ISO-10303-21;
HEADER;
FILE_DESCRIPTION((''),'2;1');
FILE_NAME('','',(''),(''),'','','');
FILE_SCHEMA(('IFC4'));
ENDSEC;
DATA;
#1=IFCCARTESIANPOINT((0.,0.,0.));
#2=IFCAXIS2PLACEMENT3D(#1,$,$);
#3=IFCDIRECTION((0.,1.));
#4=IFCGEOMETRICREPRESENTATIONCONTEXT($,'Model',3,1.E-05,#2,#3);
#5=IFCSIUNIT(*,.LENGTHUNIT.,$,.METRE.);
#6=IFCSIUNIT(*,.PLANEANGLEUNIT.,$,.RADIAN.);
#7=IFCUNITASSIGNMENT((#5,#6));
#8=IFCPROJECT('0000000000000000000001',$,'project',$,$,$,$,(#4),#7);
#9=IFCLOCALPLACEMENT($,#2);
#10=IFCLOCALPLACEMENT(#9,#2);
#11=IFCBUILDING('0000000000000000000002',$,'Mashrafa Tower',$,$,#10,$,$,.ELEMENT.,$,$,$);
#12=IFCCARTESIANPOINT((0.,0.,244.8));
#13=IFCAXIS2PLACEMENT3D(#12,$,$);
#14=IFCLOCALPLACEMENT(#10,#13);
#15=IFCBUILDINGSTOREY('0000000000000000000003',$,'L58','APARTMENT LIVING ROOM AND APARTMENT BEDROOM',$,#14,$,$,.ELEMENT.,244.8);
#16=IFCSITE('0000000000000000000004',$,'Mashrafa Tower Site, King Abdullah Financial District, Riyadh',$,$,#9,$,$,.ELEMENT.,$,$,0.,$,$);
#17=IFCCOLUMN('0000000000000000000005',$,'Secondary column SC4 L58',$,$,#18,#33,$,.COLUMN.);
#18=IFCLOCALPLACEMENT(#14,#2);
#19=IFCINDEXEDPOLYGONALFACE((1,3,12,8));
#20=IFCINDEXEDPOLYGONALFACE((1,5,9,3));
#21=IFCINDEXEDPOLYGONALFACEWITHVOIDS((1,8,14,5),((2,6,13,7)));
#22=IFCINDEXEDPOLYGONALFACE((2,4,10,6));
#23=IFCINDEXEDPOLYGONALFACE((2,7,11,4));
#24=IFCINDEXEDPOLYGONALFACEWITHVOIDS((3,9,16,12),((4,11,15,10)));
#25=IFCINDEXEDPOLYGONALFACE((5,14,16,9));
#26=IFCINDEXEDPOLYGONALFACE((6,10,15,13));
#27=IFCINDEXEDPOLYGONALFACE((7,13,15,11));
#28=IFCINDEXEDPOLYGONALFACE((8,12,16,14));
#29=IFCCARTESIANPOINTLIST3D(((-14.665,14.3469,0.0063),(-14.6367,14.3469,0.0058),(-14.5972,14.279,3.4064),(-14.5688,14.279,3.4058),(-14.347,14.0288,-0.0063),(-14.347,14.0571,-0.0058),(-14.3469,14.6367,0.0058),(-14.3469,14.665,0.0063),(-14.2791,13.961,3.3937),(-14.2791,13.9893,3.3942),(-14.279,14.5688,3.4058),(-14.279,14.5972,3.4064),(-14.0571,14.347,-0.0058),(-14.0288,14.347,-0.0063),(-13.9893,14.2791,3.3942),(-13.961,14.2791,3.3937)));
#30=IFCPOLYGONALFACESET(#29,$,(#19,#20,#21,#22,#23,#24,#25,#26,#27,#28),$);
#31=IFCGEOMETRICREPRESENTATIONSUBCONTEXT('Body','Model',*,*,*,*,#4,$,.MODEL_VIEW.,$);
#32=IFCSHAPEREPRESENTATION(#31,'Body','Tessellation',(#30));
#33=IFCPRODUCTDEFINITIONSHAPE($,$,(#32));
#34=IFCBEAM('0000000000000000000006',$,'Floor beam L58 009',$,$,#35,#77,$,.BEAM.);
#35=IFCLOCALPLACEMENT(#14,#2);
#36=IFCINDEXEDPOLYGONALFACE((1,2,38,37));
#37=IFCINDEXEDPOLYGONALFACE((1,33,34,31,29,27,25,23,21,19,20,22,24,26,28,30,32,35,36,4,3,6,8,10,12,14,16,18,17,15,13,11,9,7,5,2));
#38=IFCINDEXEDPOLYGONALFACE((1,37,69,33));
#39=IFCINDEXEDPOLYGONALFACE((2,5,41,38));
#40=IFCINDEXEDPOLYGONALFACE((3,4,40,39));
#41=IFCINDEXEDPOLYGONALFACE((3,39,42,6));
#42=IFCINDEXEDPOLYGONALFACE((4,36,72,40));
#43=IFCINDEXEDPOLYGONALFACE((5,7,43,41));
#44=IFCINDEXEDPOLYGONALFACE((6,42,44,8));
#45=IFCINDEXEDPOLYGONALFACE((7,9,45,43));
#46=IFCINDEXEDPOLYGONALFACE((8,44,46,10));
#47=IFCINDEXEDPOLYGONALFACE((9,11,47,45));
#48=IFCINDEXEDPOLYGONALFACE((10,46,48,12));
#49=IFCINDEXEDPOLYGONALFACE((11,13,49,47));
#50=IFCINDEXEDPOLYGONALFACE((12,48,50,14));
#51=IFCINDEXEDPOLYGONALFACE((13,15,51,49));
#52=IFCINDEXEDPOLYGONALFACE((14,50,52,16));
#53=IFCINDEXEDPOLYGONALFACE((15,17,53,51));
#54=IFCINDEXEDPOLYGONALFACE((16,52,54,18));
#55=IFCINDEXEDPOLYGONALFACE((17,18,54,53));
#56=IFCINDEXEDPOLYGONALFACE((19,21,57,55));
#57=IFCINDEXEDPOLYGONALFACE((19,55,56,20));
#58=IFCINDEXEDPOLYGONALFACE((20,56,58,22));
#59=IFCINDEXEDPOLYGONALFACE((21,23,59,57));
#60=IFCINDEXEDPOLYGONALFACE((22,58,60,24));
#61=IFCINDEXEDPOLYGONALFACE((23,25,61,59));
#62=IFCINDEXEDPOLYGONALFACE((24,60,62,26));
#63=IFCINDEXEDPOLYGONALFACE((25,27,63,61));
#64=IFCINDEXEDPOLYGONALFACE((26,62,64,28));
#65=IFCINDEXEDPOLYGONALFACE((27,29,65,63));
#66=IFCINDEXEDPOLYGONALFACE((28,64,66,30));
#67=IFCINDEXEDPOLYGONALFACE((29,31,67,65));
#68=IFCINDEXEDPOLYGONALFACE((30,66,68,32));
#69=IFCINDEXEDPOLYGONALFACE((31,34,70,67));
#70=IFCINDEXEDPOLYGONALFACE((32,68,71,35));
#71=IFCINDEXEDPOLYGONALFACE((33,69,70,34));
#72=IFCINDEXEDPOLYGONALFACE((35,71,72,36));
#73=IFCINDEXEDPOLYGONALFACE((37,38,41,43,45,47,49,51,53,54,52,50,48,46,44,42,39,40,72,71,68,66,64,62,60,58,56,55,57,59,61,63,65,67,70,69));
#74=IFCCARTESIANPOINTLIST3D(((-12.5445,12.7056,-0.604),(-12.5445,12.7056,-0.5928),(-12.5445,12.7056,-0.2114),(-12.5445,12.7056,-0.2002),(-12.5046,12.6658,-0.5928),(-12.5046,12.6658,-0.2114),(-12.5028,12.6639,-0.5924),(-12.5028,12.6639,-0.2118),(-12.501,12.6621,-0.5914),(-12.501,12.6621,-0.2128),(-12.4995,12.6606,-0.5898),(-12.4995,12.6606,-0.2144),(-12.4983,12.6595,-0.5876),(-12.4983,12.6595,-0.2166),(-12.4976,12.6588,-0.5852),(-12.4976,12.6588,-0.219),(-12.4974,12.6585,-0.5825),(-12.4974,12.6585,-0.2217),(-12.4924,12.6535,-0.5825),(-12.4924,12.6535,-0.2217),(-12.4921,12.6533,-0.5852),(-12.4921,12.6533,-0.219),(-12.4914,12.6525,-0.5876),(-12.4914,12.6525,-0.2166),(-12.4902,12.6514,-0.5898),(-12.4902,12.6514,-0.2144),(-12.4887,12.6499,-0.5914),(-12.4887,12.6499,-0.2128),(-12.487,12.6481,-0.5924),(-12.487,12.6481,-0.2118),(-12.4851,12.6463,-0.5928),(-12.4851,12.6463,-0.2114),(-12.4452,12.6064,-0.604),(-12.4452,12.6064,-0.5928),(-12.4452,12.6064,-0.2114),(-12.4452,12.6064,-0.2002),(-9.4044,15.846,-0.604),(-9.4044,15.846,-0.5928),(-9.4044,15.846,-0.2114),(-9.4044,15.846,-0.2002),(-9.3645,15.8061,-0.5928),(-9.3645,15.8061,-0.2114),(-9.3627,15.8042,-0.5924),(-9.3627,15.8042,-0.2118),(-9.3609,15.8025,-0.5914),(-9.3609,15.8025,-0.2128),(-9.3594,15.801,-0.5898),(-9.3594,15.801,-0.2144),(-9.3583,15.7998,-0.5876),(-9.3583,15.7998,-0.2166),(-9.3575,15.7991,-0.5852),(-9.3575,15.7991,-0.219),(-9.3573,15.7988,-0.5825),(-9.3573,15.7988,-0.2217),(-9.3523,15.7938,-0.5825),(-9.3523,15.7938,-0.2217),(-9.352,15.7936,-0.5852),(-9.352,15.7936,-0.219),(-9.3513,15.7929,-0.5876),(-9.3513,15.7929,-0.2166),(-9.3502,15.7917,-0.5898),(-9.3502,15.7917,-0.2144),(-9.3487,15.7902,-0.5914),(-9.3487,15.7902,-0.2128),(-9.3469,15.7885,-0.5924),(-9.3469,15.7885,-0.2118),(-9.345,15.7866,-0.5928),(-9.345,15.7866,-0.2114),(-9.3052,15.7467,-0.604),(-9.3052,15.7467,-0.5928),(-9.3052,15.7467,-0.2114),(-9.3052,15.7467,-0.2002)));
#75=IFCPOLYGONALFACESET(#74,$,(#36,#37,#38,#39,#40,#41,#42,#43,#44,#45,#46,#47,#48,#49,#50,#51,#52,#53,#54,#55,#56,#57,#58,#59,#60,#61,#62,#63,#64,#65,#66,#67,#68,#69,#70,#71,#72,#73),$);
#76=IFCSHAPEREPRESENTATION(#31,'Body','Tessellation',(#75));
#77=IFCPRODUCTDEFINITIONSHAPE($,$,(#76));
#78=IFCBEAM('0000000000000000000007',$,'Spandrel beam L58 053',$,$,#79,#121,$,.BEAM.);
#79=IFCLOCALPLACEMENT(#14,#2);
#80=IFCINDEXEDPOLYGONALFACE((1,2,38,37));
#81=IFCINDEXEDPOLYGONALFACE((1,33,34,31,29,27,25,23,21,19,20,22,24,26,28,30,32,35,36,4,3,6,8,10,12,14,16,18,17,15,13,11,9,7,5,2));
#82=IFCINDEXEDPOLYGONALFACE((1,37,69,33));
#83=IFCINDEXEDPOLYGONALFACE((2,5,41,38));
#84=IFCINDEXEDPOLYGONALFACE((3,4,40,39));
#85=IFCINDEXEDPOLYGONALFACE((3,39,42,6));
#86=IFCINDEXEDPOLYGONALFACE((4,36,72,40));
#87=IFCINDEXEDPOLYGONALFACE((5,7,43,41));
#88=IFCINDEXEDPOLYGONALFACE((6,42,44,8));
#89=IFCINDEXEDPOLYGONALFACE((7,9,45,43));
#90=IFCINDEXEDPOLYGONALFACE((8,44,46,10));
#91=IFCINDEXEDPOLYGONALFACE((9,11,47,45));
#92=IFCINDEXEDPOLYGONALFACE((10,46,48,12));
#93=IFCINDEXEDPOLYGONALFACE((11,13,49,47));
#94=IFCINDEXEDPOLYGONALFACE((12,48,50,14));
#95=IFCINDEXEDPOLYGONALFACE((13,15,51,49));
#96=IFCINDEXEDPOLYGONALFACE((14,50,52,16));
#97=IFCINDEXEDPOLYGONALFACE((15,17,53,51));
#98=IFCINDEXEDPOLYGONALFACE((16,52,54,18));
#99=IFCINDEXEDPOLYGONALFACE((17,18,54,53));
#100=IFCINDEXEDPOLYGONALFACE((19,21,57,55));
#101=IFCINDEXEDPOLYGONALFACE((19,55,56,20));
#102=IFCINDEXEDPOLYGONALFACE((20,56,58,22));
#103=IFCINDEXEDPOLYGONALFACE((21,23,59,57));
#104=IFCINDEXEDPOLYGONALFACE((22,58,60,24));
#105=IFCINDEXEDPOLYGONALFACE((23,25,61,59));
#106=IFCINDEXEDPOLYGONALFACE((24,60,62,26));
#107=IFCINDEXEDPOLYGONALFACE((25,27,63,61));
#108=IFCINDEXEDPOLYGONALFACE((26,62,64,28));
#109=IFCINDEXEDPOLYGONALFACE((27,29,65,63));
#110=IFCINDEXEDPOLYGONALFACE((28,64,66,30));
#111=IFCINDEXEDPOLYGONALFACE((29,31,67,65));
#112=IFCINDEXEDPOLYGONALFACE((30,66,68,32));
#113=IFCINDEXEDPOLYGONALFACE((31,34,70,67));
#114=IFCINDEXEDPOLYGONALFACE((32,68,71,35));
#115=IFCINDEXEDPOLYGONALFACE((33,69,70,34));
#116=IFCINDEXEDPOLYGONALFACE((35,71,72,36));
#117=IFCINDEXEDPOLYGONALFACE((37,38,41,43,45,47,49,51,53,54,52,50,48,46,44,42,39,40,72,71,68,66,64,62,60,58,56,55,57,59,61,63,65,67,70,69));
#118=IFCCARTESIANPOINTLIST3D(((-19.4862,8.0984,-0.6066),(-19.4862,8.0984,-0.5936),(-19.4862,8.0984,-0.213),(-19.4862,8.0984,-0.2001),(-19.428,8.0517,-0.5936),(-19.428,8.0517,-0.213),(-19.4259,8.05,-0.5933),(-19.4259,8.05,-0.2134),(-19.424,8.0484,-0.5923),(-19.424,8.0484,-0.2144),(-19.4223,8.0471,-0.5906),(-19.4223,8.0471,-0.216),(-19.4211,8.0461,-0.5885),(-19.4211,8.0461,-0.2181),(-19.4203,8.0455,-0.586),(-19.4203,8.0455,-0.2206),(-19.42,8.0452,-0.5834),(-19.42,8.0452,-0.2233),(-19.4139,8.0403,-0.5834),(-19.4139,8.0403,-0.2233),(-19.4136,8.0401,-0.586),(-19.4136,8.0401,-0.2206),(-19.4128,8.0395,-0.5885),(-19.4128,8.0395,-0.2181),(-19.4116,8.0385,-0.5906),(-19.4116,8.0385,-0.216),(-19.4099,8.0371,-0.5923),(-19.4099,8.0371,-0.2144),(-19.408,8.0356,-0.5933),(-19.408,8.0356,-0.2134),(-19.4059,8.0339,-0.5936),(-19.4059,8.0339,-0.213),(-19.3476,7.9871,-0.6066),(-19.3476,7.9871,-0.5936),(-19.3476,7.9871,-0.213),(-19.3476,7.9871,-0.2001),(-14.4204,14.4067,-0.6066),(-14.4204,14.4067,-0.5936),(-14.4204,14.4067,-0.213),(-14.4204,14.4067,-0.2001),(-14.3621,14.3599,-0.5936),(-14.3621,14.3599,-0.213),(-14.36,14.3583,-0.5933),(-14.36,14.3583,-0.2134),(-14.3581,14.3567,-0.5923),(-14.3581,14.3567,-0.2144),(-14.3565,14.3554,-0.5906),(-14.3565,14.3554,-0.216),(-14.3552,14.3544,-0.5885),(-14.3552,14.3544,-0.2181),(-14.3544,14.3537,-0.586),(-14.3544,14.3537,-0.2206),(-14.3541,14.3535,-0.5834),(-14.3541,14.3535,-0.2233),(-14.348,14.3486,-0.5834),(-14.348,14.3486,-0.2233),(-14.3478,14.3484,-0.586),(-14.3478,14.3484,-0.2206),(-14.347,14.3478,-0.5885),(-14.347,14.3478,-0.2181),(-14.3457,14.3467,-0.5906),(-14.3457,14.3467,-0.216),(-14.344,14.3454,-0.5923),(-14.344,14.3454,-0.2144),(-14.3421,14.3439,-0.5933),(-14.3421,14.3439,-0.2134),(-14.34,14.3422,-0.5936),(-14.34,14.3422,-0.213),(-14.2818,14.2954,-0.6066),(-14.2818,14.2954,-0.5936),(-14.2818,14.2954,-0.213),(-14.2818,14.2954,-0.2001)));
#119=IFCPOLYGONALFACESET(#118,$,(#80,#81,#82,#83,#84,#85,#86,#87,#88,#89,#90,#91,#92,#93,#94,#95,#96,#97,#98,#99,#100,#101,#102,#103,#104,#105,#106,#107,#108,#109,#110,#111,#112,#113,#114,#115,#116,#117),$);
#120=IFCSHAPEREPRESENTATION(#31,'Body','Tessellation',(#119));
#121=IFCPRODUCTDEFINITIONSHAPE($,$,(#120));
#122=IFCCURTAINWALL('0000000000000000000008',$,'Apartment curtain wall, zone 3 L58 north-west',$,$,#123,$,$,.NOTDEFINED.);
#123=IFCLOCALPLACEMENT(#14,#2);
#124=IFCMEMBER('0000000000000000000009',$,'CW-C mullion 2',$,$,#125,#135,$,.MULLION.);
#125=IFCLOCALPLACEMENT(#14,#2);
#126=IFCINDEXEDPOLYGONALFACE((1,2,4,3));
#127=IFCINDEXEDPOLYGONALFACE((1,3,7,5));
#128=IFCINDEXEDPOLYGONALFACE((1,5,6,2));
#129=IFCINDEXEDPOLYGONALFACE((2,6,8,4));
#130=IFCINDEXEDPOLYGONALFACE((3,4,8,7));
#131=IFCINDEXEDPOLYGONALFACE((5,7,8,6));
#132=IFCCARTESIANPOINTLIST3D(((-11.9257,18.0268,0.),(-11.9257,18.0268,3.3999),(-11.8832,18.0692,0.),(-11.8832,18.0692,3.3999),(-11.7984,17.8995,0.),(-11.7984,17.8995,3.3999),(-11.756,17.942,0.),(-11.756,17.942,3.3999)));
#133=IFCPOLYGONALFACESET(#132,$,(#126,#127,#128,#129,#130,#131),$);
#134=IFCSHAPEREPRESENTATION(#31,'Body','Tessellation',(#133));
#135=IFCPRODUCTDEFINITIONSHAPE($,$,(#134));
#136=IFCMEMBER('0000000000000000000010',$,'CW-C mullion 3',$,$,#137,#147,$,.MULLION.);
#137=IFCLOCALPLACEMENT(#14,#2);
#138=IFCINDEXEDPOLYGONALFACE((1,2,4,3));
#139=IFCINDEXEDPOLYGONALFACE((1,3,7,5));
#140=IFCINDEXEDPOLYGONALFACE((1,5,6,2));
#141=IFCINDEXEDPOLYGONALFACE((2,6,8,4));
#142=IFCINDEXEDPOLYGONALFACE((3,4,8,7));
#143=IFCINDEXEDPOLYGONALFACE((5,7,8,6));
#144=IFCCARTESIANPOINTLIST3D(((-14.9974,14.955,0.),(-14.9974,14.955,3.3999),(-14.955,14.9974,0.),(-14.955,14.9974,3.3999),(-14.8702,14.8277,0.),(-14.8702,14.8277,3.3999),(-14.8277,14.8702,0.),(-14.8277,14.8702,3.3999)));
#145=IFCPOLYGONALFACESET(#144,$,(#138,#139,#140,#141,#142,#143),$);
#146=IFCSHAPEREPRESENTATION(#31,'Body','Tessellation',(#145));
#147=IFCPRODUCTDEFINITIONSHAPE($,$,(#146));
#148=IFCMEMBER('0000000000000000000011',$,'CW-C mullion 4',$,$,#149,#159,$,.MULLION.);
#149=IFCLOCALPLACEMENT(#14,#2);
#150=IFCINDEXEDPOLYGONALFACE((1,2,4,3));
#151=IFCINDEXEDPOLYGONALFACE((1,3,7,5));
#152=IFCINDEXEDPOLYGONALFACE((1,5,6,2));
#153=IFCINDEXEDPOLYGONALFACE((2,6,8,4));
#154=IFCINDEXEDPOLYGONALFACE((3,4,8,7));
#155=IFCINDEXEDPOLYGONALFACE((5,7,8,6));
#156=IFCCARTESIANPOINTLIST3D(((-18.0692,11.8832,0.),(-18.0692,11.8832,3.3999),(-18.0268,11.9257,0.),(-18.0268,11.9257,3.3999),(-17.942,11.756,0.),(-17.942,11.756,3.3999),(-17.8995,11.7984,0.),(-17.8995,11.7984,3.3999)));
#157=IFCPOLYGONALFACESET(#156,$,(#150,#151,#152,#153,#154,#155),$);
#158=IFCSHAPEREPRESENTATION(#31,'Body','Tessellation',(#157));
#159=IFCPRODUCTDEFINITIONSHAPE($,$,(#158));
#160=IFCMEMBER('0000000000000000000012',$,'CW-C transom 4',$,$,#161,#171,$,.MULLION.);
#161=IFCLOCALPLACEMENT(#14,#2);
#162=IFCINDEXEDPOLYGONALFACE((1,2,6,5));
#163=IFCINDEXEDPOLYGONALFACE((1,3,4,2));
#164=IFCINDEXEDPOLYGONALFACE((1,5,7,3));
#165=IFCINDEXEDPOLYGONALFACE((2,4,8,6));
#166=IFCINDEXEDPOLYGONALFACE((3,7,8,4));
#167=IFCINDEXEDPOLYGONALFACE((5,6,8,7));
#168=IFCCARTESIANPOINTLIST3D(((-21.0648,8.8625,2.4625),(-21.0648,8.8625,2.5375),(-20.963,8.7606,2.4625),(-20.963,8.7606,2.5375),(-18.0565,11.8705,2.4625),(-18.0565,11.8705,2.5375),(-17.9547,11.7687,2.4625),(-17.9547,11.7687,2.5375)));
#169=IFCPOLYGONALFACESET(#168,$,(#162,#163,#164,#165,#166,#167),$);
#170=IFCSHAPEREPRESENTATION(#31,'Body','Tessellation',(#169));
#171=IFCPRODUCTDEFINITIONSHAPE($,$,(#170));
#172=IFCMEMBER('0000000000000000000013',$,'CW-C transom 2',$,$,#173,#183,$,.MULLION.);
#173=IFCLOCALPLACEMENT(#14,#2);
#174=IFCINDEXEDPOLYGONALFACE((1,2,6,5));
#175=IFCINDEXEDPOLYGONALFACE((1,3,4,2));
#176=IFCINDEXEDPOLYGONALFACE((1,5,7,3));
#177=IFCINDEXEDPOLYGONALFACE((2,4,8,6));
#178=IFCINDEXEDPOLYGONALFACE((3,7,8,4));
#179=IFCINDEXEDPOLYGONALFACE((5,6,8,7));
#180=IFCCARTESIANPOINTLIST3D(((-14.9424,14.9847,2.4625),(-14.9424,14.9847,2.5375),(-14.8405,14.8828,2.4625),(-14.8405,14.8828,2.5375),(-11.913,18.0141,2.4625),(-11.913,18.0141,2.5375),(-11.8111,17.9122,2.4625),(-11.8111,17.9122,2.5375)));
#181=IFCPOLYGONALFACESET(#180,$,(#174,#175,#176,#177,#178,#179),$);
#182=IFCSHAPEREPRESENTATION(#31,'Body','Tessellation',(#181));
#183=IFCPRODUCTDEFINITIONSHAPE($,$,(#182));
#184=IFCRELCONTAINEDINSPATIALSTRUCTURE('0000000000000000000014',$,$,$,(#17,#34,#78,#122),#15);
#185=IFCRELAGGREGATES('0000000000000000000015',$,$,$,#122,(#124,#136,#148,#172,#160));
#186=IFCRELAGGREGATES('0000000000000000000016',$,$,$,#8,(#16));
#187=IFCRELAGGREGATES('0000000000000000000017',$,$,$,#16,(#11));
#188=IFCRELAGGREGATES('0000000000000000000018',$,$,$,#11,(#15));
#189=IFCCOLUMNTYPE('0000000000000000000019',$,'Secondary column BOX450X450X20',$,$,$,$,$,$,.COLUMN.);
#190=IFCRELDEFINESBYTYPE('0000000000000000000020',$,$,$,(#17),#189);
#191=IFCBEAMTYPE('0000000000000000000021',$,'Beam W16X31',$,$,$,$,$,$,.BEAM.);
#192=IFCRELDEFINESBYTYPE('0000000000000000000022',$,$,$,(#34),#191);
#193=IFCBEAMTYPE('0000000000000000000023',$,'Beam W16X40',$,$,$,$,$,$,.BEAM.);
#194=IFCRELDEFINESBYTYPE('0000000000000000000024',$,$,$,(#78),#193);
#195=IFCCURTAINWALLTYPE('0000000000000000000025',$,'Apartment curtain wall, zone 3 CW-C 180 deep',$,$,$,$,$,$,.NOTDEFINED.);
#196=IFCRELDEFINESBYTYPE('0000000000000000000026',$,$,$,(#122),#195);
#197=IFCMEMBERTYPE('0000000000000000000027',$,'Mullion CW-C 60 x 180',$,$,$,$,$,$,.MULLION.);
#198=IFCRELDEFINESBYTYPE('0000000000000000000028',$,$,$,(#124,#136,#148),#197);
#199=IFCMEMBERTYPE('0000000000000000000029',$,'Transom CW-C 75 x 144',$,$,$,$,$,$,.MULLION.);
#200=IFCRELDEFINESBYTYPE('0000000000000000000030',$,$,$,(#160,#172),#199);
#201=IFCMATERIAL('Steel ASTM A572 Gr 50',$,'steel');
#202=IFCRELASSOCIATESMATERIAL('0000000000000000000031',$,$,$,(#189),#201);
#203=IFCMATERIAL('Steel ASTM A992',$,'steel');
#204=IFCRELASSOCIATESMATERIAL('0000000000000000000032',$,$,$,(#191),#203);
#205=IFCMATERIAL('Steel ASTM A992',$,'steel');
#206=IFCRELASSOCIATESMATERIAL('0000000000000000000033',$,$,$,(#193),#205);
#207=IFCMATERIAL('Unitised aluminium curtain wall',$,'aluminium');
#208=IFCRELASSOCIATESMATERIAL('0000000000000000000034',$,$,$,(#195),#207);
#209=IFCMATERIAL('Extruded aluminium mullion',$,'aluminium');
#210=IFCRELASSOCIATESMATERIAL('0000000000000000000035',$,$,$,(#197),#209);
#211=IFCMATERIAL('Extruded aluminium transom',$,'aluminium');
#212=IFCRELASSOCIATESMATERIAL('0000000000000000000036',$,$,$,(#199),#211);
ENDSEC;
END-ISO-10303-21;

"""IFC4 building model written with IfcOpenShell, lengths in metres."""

from ifc_helpers import new_model, si_unit, direction, frame, origin, origin_2d, place, context, subcontext, project, spatial, rectangle, hollow_rectangle, i_section, extrude, source, transform, mapped, material, material_profile, profile_set, type_object, type_shapes, element, aggregate, save


model = new_model("IFC4")

# Units and contexts
model_context = context("Model", 3, precision=1e-05, world=origin(), true_north=direction((0.0, 1.0)))
body_context = subcontext(model_context, "Body", "Model", "MODEL_VIEW")
ifc_project = project(units=[si_unit("LENGTHUNIT", "METRE"), si_unit("PLANEANGLEUNIT", "RADIAN")], contexts=[model_context])

# Site, building, storey
site_placement = place(None, origin())
site = spatial("IfcSite", under=ifc_project, at=site_placement, Name="Mashrafa Tower Site, King Abdullah Financial District, Riyadh", CompositionType="ELEMENT", RefElevation=0.0)
building_placement = place(site_placement, origin())
building = spatial("IfcBuilding", under=site, at=building_placement, Name="Mashrafa Tower", CompositionType="ELEMENT")
storey_placement = place(building_placement, frame((0.0, 0.0, 244.8)))
storey = spatial("IfcBuildingStorey", under=building, at=storey_placement, Name="L58", Description="APARTMENT LIVING ROOM AND APARTMENT BEDROOM", CompositionType="ELEMENT", Elevation=244.8)

# Column
ifc_material_1 = material(Name="Steel ASTM A572 Gr 50", Category="steel")
ifc_material_profile_1 = material_profile(ifc_material_1, hollow_rectangle(XDim=0.45, YDim=0.45, WallThickness=0.02, at=origin_2d()), Name="BOX450X450X20")
ifc_profile_set_1 = profile_set([ifc_material_profile_1], Name="Steel ASTM A572 Gr 50")
column_type = type_object("IfcColumnType", Name="Secondary column BOX450X450X20", PredefinedType="COLUMN", material=ifc_profile_set_1)
column_placement = place(storey_placement, frame((-14.3469, 14.3469, 0.0), z_axis=(0.019955, -0.019955, 0.999602), x_axis=(0.707107, 0.707107, 0.0)))
element("IfcColumn", 1, at=column_placement, inside=storey, type_object=column_type, Name="Secondary column SC4 L58", PredefinedType="COLUMN", context=body_context, shape_type="SweptSolid", body=[
    extrude(hollow_rectangle(XDim=0.45, YDim=0.45, WallThickness=0.02, at=origin_2d()), origin(), (0.0, 0.0, 1.0), 3.4014),
])

# Beams
ifc_material_2 = material(Name="Steel ASTM A992", Category="steel")
ifc_material_profile_2 = material_profile(ifc_material_2, i_section(OverallWidth=0.1404, OverallDepth=0.4038, WebThickness=0.0071, FlangeThickness=0.0112, FilletRadius=0.0103, at=origin_2d()), Name="W16X31")
ifc_profile_set_2 = profile_set([ifc_material_profile_2], Name="Steel ASTM A992")
beam_type_1 = type_object("IfcBeamType", Name="Beam W16X31", PredefinedType="BEAM", material=ifc_profile_set_2)
beam_1_placement = place(storey_placement, frame((-12.4949, 12.656, -0.4021), z_axis=(0.707079, 0.707134, 0.0), x_axis=(-0.707134, 0.707079, 0.0)))
element("IfcBeam", 2, at=beam_1_placement, inside=storey, type_object=beam_type_1, Name="Floor beam L58 009", PredefinedType="BEAM", context=body_context, shape_type="SweptSolid", body=[
    extrude(i_section(OverallWidth=0.1404, OverallDepth=0.4038, WebThickness=0.0071, FlangeThickness=0.0112, FilletRadius=0.0103, at=origin_2d()), origin(), (0.0, 0.0, 1.0), 4.4409),
])
ifc_material_3 = material(Name="Steel ASTM A992", Category="steel")
ifc_material_profile_3 = material_profile(ifc_material_3, i_section(OverallWidth=0.1777, OverallDepth=0.4065, WebThickness=0.0078, FlangeThickness=0.0129, FilletRadius=0.0103, at=origin_2d()), Name="W16X40")
ifc_profile_set_3 = profile_set([ifc_material_profile_3], Name="Steel ASTM A992")
beam_type_2 = type_object("IfcBeamType", Name="Beam W16X40", PredefinedType="BEAM", material=ifc_profile_set_3)
beam_2_placement = place(storey_placement, frame((-14.3511, 14.3511, -0.4033), z_axis=(-0.626144, -0.779708, 0.0), x_axis=(0.779708, -0.626144, 0.0)))
element("IfcBeam", 3, at=beam_2_placement, inside=storey, type_object=beam_type_2, Name="Spandrel beam L58 053", PredefinedType="BEAM", context=body_context, shape_type="SweptSolid", body=[
    extrude(i_section(OverallWidth=0.1777, OverallDepth=0.4065, WebThickness=0.0078, FlangeThickness=0.0129, FilletRadius=0.0103, at=origin_2d()), origin(), (0.0, 0.0, 1.0), 8.0906),
])

# Curtain wall, members
ifc_material_4 = material(Name="Unitised aluminium curtain wall", Category="aluminium")
curtain_wall_type = type_object("IfcCurtainWallType", Name="Apartment curtain wall, zone 3 CW-C 180 deep", PredefinedType="NOTDEFINED", material=ifc_material_4)
curtain_wall_placement = place(storey_placement, origin())
curtain_wall = element("IfcCurtainWall", 4, at=curtain_wall_placement, inside=storey, type_object=curtain_wall_type, Name="Apartment curtain wall, zone 3 L58 north-west", PredefinedType="NOTDEFINED")
ifc_material_5 = material(Name="Extruded aluminium mullion", Category="aluminium")
ifc_material_profile_4 = material_profile(ifc_material_5, rectangle(XDim=0.1799, YDim=0.0601, at=origin_2d()), Name="Mullion 60x180")
ifc_profile_set_4 = profile_set([ifc_material_profile_4], Name="Extruded aluminium mullion")
member_type_1 = type_object("IfcMemberType", Name="Mullion CW-C 60 x 180", PredefinedType="MULLION", material=ifc_profile_set_4)
shared_shape_1 = source(origin(), body_context, "Body", "SweptSolid", [
    extrude(rectangle(XDim=0.1799, YDim=0.0601, at=origin_2d()), origin(), (0.0, 0.0, 1.0), 3.3999),
])
type_shapes(member_type_1, [shared_shape_1])
member_1_placement = place(storey_placement, frame((-11.8408, 17.9844, 0.0), z_axis=(0.0, 0.0, 1.0), x_axis=(0.707107, -0.707107, 0.0)))
member_1 = element("IfcMember", 5, at=member_1_placement, type_object=member_type_1, Name="CW-C mullion 2", PredefinedType="MULLION", context=body_context, shape_type="MappedRepresentation", body=[
    mapped(shared_shape_1, transform((0.0, 0.0, 0.0))),
])
member_2_placement = place(storey_placement, frame((-14.9126, 14.9126, 0.0), z_axis=(0.0, 0.0, 1.0), x_axis=(0.707107, -0.707107, 0.0)))
member_2 = element("IfcMember", 6, at=member_2_placement, type_object=member_type_1, Name="CW-C mullion 3", PredefinedType="MULLION", context=body_context, shape_type="MappedRepresentation", body=[
    mapped(shared_shape_1, transform((0.0, 0.0, 0.0))),
])
member_3_placement = place(storey_placement, frame((-17.9844, 11.8408, 0.0), z_axis=(0.0, 0.0, 1.0), x_axis=(0.707107, -0.707107, 0.0)))
member_3 = element("IfcMember", 7, at=member_3_placement, type_object=member_type_1, Name="CW-C mullion 4", PredefinedType="MULLION", context=body_context, shape_type="MappedRepresentation", body=[
    mapped(shared_shape_1, transform((0.0, 0.0, 0.0))),
])
ifc_material_6 = material(Name="Extruded aluminium transom", Category="aluminium")
ifc_material_profile_5 = material_profile(ifc_material_6, rectangle(XDim=0.144, YDim=0.075, at=origin_2d()), Name="Transom 75x144")
ifc_profile_set_5 = profile_set([ifc_material_profile_5], Name="Extruded aluminium transom")
member_type_2 = type_object("IfcMemberType", Name="Transom CW-C 75 x 144", PredefinedType="MULLION", material=ifc_profile_set_5)
shared_shape_2 = source(origin(), body_context, "Body", "SweptSolid", [
    extrude(rectangle(XDim=0.144, YDim=0.075, at=origin_2d()), origin(), (0.0, 0.0, 1.0), 4.2542),
])
member_4_placement = place(storey_placement, frame((-18.0056, 11.8196, 2.5), z_axis=(-0.707135, -0.707078, 0.0), x_axis=(0.707078, -0.707135, 0.0)))
member_4 = element("IfcMember", 8, at=member_4_placement, type_object=member_type_2, Name="CW-C transom 4", PredefinedType="MULLION", context=body_context, shape_type="MappedRepresentation", body=[
    mapped(shared_shape_2, transform((0.0, 0.0, 0.0))),
])
shared_shape_3 = source(origin(), body_context, "Body", "SweptSolid", [
    extrude(rectangle(XDim=0.144, YDim=0.075, at=origin_2d()), origin(), (0.0, 0.0, 1.0), 4.2842),
])
type_shapes(member_type_2, [shared_shape_2, shared_shape_3])
member_5_placement = place(storey_placement, frame((-11.8621, 17.9631, 2.5), z_axis=(-0.707107, -0.707107, 0.0), x_axis=(0.707107, -0.707107, 0.0)))
member_5 = element("IfcMember", 9, at=member_5_placement, type_object=member_type_2, Name="CW-C transom 2", PredefinedType="MULLION", context=body_context, shape_type="MappedRepresentation", body=[
    mapped(shared_shape_3, transform((0.0, 0.0, 0.0))),
])
aggregate(curtain_wall, [member_1, member_2, member_3, member_5, member_4])

save(model, "model.ifc")
